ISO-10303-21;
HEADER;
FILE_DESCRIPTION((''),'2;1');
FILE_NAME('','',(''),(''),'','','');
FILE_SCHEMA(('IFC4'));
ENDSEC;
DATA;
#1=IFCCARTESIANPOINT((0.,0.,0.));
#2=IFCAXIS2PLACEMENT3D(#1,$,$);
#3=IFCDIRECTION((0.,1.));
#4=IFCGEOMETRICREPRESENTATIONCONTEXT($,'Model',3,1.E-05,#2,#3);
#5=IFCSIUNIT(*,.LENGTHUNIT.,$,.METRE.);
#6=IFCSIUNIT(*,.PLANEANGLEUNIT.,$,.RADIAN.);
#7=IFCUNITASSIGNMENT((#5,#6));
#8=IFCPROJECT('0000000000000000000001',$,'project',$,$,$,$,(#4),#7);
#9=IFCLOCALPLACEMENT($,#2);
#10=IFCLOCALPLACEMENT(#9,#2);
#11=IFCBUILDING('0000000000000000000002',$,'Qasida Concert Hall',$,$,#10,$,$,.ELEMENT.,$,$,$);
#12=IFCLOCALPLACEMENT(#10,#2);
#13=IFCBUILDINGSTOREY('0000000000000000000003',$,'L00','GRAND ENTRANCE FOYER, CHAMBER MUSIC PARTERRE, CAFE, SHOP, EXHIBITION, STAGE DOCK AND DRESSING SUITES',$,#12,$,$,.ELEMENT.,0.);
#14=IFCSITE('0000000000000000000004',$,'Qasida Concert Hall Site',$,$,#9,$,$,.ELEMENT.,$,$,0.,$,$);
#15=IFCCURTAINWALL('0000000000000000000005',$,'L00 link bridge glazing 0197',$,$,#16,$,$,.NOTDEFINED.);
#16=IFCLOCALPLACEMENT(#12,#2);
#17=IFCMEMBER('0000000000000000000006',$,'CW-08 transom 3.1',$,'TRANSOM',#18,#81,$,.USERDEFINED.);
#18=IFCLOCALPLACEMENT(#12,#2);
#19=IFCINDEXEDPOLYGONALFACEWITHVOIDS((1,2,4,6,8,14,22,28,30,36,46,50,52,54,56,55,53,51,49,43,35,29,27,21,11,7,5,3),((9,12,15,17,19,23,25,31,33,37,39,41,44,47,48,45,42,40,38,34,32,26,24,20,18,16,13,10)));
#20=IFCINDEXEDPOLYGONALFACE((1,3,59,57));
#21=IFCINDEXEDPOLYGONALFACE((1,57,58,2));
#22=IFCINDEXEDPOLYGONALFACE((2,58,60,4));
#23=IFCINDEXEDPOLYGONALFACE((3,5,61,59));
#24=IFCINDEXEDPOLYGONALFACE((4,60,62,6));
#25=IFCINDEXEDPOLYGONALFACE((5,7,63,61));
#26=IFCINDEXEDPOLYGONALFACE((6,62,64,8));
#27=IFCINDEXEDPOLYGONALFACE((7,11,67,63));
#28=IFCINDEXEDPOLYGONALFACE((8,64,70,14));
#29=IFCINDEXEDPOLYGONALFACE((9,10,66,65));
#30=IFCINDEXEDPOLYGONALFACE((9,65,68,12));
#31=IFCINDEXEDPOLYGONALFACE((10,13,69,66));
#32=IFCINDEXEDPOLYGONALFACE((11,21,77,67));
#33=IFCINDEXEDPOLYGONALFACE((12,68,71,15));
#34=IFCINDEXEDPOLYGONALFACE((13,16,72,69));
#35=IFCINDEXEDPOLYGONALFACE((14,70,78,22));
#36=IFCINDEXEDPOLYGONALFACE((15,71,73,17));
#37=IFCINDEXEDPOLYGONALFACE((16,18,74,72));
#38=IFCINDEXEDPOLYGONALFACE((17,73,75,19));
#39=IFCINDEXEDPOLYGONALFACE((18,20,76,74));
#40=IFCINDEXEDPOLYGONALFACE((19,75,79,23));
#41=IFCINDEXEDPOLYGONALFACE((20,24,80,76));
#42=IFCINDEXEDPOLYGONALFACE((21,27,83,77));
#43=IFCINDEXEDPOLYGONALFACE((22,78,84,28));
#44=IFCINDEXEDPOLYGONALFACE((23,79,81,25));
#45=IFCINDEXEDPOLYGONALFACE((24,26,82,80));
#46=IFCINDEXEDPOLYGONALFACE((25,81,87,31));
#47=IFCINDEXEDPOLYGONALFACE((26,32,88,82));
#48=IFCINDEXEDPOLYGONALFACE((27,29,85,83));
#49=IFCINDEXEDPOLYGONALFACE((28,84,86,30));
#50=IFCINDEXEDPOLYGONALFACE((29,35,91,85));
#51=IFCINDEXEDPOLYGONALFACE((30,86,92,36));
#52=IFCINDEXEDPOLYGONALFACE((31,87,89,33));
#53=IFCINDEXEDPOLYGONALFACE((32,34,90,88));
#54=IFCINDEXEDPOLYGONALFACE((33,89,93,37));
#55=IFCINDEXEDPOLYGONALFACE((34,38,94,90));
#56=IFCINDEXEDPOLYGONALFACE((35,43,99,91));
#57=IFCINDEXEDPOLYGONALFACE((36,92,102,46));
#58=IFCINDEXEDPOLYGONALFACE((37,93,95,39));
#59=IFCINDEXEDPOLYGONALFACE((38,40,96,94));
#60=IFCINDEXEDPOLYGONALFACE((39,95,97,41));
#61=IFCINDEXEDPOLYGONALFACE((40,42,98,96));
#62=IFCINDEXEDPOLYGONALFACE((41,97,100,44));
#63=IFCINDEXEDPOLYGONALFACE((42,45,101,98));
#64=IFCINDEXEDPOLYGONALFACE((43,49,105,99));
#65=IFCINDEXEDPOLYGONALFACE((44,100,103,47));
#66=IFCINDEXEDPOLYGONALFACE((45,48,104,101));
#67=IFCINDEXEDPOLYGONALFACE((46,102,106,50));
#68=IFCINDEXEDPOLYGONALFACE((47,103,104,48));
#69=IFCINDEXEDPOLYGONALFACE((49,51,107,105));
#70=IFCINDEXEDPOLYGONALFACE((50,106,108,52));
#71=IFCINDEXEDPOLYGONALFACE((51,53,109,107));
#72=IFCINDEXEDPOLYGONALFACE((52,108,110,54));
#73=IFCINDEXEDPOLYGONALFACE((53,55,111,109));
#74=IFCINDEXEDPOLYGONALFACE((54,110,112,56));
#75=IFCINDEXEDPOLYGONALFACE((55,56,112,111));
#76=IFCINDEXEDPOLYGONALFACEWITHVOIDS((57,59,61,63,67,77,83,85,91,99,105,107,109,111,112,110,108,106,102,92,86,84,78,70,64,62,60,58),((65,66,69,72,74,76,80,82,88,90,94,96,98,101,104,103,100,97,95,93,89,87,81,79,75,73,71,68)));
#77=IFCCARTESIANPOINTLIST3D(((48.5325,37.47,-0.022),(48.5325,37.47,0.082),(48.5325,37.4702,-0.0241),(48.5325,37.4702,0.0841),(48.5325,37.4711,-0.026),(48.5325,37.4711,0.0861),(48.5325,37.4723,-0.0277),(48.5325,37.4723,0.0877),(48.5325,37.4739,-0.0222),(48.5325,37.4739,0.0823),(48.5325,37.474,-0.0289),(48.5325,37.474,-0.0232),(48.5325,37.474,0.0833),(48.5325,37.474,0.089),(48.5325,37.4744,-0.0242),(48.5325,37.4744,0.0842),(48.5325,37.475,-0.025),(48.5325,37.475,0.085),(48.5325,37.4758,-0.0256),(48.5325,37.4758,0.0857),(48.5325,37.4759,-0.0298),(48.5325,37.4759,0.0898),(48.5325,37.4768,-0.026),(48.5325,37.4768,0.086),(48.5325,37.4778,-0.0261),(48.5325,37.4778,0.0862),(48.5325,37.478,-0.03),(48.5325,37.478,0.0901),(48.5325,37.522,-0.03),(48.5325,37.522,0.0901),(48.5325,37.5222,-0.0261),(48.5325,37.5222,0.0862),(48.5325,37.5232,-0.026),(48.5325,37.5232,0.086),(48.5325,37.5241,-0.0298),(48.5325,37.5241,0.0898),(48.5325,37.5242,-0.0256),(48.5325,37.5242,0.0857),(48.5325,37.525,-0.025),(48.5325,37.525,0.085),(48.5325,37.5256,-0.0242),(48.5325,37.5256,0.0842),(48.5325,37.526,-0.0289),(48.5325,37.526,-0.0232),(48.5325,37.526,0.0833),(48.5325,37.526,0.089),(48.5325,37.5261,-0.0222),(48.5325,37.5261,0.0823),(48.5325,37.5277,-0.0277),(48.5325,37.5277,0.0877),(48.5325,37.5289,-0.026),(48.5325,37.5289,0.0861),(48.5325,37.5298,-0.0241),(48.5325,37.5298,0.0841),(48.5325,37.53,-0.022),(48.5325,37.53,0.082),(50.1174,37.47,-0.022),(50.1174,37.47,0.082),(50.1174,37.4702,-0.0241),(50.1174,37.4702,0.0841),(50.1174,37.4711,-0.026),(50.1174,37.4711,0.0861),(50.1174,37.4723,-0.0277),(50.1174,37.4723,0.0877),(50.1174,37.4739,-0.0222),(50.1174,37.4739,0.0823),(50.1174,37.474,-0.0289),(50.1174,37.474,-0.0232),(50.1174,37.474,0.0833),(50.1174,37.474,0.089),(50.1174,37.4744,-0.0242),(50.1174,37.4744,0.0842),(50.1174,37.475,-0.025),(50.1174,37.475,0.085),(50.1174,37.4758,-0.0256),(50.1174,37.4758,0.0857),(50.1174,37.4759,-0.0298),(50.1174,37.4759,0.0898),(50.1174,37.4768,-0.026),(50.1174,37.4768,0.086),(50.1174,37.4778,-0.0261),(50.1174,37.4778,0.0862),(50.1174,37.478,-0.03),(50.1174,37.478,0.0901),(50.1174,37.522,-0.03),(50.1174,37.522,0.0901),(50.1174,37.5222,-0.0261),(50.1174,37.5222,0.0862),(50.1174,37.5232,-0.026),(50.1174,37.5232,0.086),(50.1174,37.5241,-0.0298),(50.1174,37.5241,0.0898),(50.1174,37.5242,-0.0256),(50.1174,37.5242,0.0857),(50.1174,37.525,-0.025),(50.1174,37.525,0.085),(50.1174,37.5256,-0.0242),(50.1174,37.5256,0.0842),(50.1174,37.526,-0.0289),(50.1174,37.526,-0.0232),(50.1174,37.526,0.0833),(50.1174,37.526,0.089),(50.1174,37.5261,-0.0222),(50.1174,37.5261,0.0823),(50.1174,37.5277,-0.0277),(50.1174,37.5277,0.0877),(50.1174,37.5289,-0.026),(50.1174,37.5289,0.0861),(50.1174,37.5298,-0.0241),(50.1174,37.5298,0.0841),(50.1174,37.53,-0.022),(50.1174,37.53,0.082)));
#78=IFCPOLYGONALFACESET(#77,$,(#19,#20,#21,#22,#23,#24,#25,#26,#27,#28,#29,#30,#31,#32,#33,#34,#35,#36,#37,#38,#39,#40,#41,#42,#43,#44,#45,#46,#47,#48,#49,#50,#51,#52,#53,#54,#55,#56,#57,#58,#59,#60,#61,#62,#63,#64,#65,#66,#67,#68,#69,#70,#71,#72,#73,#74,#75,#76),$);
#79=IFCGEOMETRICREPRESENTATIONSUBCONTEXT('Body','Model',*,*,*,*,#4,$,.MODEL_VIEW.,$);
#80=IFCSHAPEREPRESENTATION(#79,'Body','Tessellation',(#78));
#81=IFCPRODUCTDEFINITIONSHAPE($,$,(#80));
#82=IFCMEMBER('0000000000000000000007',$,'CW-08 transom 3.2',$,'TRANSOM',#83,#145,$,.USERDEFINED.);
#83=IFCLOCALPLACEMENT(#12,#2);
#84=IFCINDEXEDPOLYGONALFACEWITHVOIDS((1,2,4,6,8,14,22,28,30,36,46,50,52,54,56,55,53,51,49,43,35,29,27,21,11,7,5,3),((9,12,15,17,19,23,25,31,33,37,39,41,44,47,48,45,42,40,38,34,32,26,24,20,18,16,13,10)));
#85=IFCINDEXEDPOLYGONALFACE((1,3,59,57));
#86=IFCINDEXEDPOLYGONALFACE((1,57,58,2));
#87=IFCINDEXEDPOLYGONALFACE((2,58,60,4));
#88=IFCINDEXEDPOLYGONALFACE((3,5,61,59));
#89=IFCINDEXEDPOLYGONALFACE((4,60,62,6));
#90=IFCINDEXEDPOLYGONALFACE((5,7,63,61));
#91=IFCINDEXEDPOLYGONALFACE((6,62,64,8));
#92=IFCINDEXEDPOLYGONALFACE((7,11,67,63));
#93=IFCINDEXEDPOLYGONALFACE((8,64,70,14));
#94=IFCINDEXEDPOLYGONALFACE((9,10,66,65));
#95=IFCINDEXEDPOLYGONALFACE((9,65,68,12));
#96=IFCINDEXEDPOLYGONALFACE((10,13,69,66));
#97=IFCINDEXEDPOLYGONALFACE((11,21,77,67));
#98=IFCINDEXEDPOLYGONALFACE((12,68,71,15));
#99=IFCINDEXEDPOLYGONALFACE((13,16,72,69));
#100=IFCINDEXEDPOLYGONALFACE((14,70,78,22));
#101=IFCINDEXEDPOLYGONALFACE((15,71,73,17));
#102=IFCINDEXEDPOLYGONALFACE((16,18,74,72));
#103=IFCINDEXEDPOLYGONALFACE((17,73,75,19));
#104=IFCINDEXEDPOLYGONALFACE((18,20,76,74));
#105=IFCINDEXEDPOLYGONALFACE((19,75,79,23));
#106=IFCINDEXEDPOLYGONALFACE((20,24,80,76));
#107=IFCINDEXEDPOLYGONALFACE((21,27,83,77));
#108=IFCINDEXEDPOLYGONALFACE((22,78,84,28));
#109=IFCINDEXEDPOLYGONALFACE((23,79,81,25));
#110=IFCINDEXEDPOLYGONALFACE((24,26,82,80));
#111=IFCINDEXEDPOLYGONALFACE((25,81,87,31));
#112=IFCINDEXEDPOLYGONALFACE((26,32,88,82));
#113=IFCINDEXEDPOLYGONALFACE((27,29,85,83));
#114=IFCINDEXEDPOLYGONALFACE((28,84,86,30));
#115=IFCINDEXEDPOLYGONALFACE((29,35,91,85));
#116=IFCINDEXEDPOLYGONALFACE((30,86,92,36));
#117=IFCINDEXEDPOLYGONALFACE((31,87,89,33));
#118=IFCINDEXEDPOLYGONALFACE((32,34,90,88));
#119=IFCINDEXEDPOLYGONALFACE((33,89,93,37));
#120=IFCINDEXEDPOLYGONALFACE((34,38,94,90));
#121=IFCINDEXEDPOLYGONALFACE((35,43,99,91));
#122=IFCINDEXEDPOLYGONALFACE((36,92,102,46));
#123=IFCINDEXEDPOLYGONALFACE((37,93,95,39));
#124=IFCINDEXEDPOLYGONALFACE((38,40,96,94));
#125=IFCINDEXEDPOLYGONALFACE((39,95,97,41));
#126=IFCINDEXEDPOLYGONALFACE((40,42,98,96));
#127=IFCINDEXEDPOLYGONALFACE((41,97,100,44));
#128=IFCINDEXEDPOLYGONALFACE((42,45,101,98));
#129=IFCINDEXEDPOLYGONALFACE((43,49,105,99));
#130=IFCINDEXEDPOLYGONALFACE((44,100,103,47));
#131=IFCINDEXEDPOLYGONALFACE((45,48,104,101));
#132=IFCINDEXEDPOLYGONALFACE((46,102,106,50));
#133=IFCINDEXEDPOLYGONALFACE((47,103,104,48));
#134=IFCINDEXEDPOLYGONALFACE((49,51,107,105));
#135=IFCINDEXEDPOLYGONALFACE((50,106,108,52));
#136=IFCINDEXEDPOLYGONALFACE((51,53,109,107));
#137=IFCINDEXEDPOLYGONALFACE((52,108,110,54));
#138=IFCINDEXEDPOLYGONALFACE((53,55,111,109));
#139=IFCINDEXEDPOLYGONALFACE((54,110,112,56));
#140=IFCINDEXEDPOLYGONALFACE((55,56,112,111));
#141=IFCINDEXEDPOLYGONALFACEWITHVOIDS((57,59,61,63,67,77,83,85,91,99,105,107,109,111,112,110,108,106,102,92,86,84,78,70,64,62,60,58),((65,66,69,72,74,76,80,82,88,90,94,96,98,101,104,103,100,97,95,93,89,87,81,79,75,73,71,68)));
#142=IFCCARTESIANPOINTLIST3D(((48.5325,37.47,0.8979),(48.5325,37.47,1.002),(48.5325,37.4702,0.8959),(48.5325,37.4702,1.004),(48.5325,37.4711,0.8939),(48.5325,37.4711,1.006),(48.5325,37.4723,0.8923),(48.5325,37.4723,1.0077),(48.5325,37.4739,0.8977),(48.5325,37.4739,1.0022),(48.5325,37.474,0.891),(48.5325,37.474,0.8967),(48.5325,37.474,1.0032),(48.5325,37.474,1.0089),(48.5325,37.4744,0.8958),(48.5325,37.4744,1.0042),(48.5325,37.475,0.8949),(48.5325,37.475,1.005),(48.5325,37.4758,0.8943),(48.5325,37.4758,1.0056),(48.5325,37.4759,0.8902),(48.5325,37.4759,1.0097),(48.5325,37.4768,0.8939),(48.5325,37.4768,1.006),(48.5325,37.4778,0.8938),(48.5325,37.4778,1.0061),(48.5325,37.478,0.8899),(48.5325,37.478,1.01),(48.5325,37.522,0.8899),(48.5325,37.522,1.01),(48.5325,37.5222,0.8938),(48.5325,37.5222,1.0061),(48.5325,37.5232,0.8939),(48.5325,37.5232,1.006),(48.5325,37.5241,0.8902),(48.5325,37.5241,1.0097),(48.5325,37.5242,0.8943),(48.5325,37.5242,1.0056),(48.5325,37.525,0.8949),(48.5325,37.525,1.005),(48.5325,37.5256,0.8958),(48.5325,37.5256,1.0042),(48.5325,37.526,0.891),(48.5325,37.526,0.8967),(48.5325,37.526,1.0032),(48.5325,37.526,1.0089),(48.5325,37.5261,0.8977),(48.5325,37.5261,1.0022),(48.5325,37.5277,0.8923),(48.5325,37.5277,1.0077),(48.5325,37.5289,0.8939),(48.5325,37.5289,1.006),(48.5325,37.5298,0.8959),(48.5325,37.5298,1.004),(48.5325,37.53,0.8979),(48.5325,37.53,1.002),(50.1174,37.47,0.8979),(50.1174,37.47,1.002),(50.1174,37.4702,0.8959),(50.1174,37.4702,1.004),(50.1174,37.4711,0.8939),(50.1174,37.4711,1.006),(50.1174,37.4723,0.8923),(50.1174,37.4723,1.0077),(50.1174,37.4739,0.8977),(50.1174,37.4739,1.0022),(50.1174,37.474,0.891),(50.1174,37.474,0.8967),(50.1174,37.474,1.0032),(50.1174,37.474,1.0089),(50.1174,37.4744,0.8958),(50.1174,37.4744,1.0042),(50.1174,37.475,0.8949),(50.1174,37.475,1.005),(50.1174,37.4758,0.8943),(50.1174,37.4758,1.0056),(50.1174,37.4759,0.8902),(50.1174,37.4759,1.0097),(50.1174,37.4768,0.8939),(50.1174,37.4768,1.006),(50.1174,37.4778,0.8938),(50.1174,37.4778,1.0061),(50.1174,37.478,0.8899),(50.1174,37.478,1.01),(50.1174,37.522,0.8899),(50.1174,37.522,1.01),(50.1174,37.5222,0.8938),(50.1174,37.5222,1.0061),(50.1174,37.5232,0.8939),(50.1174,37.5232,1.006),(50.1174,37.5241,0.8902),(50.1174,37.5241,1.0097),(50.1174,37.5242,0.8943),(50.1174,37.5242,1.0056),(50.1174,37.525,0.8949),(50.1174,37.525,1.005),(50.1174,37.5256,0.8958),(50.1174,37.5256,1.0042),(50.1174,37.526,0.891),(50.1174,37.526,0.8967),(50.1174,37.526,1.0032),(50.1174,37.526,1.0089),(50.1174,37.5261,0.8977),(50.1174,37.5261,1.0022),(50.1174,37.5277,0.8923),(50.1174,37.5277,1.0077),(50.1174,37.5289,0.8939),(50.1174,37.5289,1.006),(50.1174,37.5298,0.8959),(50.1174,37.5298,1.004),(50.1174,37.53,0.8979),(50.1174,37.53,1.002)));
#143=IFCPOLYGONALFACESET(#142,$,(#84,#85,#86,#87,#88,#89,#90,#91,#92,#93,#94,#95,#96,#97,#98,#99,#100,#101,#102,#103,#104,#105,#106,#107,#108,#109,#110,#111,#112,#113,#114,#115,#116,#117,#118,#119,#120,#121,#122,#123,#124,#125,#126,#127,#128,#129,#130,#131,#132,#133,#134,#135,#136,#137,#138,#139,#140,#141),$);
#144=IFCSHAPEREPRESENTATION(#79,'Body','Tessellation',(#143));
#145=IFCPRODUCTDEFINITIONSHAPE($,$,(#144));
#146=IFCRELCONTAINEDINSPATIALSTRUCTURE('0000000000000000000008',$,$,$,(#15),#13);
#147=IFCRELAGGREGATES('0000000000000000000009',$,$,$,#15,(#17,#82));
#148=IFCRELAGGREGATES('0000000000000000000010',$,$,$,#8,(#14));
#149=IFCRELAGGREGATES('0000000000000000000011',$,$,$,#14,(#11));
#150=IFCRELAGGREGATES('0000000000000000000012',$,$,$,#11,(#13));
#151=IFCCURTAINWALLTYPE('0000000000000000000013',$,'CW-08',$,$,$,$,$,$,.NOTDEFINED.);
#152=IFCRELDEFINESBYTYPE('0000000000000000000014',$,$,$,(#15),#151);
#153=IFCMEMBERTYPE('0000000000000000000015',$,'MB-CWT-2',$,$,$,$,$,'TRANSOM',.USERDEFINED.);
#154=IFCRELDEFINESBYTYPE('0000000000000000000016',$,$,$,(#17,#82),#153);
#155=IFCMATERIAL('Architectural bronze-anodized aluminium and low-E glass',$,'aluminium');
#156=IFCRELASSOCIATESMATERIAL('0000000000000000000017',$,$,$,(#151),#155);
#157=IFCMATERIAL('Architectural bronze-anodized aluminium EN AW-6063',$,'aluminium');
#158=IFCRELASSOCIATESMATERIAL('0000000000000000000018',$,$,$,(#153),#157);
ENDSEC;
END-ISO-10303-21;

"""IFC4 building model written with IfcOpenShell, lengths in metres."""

from ifc_helpers import new_model, si_unit, direction, frame, origin, origin_2d, place, context, subcontext, project, spatial, hollow_rectangle, extrude, material, material_profile, profile_set, type_object, element, aggregate, save


model = new_model("IFC4")

# Units and contexts
model_context = context("Model", 3, precision=1e-05, world=origin(), true_north=direction((0.0, 1.0)))
body_context = subcontext(model_context, "Body", "Model", "MODEL_VIEW")
ifc_project = project(units=[si_unit("LENGTHUNIT", "METRE"), si_unit("PLANEANGLEUNIT", "RADIAN")], contexts=[model_context])

# Site, building, storey
site_placement = place(None, origin())
site = spatial("IfcSite", under=ifc_project, at=site_placement, Name="Qasida Concert Hall Site", CompositionType="ELEMENT", RefElevation=0.0)
building_placement = place(site_placement, origin())
building = spatial("IfcBuilding", under=site, at=building_placement, Name="Qasida Concert Hall", CompositionType="ELEMENT")
storey_placement = place(building_placement, origin())
storey = spatial("IfcBuildingStorey", under=building, at=storey_placement, Name="L00", Description="GRAND ENTRANCE FOYER, CHAMBER MUSIC PARTERRE, CAFE, SHOP, EXHIBITION, STAGE DOCK AND DRESSING SUITES", CompositionType="ELEMENT", Elevation=0.0)

# Curtain wall, members
ifc_material_1 = material(Name="Architectural bronze-anodized aluminium and low-E glass", Category="aluminium")
curtain_wall_type = type_object("IfcCurtainWallType", Name="CW-08", PredefinedType="NOTDEFINED", material=ifc_material_1)
curtain_wall_placement = place(storey_placement, origin())
curtain_wall = element("IfcCurtainWall", 1, at=curtain_wall_placement, inside=storey, type_object=curtain_wall_type, Name="L00 link bridge glazing 0197", PredefinedType="NOTDEFINED")
ifc_material_2 = material(Name="Architectural bronze-anodized aluminium EN AW-6063", Category="aluminium")
ifc_material_profile_1 = material_profile(ifc_material_2, hollow_rectangle(XDim=0.0601, YDim=0.1201, WallThickness=0.0039, InnerFilletRadius=0.0039, OuterFilletRadius=0.0081, at=origin_2d()), Name="CWT 120x60x4")
ifc_profile_set_1 = profile_set([ifc_material_profile_1], Name="Architectural bronze-anodized aluminium EN AW-6063")
member_type_1 = type_object("IfcMemberType", Name="MB-CWT-2", ElementType="TRANSOM", PredefinedType="USERDEFINED", material=ifc_profile_set_1)
member_1_placement = place(storey_placement, frame((48.5325, 37.5, 0.03), z_axis=(1.0, 0.0, 0.0), x_axis=(0.0, 1.0, 0.0)))
member_1 = element("IfcMember", 2, at=member_1_placement, type_object=member_type_1, Name="CW-08 transom 3.1", ObjectType="TRANSOM", PredefinedType="USERDEFINED", context=body_context, shape_type="SweptSolid", body=[
    extrude(hollow_rectangle(XDim=0.0601, YDim=0.1201, WallThickness=0.0039, InnerFilletRadius=0.0039, OuterFilletRadius=0.0081, at=origin_2d()), origin(), (0.0, 0.0, 1.0), 1.585),
])
member_2_placement = place(storey_placement, frame((48.5325, 37.5, 0.95), z_axis=(1.0, 0.0, 0.0), x_axis=(0.0, 1.0, 0.0)))
member_2 = element("IfcMember", 3, at=member_2_placement, type_object=member_type_1, Name="CW-08 transom 3.2", ObjectType="TRANSOM", PredefinedType="USERDEFINED", context=body_context, shape_type="SweptSolid", body=[
    extrude(hollow_rectangle(XDim=0.0601, YDim=0.1201, WallThickness=0.0039, InnerFilletRadius=0.0039, OuterFilletRadius=0.0081, at=origin_2d()), origin(), (0.0, 0.0, 1.0), 1.585),
])
aggregate(curtain_wall, [member_1, member_2])

save(model, "model.ifc")
